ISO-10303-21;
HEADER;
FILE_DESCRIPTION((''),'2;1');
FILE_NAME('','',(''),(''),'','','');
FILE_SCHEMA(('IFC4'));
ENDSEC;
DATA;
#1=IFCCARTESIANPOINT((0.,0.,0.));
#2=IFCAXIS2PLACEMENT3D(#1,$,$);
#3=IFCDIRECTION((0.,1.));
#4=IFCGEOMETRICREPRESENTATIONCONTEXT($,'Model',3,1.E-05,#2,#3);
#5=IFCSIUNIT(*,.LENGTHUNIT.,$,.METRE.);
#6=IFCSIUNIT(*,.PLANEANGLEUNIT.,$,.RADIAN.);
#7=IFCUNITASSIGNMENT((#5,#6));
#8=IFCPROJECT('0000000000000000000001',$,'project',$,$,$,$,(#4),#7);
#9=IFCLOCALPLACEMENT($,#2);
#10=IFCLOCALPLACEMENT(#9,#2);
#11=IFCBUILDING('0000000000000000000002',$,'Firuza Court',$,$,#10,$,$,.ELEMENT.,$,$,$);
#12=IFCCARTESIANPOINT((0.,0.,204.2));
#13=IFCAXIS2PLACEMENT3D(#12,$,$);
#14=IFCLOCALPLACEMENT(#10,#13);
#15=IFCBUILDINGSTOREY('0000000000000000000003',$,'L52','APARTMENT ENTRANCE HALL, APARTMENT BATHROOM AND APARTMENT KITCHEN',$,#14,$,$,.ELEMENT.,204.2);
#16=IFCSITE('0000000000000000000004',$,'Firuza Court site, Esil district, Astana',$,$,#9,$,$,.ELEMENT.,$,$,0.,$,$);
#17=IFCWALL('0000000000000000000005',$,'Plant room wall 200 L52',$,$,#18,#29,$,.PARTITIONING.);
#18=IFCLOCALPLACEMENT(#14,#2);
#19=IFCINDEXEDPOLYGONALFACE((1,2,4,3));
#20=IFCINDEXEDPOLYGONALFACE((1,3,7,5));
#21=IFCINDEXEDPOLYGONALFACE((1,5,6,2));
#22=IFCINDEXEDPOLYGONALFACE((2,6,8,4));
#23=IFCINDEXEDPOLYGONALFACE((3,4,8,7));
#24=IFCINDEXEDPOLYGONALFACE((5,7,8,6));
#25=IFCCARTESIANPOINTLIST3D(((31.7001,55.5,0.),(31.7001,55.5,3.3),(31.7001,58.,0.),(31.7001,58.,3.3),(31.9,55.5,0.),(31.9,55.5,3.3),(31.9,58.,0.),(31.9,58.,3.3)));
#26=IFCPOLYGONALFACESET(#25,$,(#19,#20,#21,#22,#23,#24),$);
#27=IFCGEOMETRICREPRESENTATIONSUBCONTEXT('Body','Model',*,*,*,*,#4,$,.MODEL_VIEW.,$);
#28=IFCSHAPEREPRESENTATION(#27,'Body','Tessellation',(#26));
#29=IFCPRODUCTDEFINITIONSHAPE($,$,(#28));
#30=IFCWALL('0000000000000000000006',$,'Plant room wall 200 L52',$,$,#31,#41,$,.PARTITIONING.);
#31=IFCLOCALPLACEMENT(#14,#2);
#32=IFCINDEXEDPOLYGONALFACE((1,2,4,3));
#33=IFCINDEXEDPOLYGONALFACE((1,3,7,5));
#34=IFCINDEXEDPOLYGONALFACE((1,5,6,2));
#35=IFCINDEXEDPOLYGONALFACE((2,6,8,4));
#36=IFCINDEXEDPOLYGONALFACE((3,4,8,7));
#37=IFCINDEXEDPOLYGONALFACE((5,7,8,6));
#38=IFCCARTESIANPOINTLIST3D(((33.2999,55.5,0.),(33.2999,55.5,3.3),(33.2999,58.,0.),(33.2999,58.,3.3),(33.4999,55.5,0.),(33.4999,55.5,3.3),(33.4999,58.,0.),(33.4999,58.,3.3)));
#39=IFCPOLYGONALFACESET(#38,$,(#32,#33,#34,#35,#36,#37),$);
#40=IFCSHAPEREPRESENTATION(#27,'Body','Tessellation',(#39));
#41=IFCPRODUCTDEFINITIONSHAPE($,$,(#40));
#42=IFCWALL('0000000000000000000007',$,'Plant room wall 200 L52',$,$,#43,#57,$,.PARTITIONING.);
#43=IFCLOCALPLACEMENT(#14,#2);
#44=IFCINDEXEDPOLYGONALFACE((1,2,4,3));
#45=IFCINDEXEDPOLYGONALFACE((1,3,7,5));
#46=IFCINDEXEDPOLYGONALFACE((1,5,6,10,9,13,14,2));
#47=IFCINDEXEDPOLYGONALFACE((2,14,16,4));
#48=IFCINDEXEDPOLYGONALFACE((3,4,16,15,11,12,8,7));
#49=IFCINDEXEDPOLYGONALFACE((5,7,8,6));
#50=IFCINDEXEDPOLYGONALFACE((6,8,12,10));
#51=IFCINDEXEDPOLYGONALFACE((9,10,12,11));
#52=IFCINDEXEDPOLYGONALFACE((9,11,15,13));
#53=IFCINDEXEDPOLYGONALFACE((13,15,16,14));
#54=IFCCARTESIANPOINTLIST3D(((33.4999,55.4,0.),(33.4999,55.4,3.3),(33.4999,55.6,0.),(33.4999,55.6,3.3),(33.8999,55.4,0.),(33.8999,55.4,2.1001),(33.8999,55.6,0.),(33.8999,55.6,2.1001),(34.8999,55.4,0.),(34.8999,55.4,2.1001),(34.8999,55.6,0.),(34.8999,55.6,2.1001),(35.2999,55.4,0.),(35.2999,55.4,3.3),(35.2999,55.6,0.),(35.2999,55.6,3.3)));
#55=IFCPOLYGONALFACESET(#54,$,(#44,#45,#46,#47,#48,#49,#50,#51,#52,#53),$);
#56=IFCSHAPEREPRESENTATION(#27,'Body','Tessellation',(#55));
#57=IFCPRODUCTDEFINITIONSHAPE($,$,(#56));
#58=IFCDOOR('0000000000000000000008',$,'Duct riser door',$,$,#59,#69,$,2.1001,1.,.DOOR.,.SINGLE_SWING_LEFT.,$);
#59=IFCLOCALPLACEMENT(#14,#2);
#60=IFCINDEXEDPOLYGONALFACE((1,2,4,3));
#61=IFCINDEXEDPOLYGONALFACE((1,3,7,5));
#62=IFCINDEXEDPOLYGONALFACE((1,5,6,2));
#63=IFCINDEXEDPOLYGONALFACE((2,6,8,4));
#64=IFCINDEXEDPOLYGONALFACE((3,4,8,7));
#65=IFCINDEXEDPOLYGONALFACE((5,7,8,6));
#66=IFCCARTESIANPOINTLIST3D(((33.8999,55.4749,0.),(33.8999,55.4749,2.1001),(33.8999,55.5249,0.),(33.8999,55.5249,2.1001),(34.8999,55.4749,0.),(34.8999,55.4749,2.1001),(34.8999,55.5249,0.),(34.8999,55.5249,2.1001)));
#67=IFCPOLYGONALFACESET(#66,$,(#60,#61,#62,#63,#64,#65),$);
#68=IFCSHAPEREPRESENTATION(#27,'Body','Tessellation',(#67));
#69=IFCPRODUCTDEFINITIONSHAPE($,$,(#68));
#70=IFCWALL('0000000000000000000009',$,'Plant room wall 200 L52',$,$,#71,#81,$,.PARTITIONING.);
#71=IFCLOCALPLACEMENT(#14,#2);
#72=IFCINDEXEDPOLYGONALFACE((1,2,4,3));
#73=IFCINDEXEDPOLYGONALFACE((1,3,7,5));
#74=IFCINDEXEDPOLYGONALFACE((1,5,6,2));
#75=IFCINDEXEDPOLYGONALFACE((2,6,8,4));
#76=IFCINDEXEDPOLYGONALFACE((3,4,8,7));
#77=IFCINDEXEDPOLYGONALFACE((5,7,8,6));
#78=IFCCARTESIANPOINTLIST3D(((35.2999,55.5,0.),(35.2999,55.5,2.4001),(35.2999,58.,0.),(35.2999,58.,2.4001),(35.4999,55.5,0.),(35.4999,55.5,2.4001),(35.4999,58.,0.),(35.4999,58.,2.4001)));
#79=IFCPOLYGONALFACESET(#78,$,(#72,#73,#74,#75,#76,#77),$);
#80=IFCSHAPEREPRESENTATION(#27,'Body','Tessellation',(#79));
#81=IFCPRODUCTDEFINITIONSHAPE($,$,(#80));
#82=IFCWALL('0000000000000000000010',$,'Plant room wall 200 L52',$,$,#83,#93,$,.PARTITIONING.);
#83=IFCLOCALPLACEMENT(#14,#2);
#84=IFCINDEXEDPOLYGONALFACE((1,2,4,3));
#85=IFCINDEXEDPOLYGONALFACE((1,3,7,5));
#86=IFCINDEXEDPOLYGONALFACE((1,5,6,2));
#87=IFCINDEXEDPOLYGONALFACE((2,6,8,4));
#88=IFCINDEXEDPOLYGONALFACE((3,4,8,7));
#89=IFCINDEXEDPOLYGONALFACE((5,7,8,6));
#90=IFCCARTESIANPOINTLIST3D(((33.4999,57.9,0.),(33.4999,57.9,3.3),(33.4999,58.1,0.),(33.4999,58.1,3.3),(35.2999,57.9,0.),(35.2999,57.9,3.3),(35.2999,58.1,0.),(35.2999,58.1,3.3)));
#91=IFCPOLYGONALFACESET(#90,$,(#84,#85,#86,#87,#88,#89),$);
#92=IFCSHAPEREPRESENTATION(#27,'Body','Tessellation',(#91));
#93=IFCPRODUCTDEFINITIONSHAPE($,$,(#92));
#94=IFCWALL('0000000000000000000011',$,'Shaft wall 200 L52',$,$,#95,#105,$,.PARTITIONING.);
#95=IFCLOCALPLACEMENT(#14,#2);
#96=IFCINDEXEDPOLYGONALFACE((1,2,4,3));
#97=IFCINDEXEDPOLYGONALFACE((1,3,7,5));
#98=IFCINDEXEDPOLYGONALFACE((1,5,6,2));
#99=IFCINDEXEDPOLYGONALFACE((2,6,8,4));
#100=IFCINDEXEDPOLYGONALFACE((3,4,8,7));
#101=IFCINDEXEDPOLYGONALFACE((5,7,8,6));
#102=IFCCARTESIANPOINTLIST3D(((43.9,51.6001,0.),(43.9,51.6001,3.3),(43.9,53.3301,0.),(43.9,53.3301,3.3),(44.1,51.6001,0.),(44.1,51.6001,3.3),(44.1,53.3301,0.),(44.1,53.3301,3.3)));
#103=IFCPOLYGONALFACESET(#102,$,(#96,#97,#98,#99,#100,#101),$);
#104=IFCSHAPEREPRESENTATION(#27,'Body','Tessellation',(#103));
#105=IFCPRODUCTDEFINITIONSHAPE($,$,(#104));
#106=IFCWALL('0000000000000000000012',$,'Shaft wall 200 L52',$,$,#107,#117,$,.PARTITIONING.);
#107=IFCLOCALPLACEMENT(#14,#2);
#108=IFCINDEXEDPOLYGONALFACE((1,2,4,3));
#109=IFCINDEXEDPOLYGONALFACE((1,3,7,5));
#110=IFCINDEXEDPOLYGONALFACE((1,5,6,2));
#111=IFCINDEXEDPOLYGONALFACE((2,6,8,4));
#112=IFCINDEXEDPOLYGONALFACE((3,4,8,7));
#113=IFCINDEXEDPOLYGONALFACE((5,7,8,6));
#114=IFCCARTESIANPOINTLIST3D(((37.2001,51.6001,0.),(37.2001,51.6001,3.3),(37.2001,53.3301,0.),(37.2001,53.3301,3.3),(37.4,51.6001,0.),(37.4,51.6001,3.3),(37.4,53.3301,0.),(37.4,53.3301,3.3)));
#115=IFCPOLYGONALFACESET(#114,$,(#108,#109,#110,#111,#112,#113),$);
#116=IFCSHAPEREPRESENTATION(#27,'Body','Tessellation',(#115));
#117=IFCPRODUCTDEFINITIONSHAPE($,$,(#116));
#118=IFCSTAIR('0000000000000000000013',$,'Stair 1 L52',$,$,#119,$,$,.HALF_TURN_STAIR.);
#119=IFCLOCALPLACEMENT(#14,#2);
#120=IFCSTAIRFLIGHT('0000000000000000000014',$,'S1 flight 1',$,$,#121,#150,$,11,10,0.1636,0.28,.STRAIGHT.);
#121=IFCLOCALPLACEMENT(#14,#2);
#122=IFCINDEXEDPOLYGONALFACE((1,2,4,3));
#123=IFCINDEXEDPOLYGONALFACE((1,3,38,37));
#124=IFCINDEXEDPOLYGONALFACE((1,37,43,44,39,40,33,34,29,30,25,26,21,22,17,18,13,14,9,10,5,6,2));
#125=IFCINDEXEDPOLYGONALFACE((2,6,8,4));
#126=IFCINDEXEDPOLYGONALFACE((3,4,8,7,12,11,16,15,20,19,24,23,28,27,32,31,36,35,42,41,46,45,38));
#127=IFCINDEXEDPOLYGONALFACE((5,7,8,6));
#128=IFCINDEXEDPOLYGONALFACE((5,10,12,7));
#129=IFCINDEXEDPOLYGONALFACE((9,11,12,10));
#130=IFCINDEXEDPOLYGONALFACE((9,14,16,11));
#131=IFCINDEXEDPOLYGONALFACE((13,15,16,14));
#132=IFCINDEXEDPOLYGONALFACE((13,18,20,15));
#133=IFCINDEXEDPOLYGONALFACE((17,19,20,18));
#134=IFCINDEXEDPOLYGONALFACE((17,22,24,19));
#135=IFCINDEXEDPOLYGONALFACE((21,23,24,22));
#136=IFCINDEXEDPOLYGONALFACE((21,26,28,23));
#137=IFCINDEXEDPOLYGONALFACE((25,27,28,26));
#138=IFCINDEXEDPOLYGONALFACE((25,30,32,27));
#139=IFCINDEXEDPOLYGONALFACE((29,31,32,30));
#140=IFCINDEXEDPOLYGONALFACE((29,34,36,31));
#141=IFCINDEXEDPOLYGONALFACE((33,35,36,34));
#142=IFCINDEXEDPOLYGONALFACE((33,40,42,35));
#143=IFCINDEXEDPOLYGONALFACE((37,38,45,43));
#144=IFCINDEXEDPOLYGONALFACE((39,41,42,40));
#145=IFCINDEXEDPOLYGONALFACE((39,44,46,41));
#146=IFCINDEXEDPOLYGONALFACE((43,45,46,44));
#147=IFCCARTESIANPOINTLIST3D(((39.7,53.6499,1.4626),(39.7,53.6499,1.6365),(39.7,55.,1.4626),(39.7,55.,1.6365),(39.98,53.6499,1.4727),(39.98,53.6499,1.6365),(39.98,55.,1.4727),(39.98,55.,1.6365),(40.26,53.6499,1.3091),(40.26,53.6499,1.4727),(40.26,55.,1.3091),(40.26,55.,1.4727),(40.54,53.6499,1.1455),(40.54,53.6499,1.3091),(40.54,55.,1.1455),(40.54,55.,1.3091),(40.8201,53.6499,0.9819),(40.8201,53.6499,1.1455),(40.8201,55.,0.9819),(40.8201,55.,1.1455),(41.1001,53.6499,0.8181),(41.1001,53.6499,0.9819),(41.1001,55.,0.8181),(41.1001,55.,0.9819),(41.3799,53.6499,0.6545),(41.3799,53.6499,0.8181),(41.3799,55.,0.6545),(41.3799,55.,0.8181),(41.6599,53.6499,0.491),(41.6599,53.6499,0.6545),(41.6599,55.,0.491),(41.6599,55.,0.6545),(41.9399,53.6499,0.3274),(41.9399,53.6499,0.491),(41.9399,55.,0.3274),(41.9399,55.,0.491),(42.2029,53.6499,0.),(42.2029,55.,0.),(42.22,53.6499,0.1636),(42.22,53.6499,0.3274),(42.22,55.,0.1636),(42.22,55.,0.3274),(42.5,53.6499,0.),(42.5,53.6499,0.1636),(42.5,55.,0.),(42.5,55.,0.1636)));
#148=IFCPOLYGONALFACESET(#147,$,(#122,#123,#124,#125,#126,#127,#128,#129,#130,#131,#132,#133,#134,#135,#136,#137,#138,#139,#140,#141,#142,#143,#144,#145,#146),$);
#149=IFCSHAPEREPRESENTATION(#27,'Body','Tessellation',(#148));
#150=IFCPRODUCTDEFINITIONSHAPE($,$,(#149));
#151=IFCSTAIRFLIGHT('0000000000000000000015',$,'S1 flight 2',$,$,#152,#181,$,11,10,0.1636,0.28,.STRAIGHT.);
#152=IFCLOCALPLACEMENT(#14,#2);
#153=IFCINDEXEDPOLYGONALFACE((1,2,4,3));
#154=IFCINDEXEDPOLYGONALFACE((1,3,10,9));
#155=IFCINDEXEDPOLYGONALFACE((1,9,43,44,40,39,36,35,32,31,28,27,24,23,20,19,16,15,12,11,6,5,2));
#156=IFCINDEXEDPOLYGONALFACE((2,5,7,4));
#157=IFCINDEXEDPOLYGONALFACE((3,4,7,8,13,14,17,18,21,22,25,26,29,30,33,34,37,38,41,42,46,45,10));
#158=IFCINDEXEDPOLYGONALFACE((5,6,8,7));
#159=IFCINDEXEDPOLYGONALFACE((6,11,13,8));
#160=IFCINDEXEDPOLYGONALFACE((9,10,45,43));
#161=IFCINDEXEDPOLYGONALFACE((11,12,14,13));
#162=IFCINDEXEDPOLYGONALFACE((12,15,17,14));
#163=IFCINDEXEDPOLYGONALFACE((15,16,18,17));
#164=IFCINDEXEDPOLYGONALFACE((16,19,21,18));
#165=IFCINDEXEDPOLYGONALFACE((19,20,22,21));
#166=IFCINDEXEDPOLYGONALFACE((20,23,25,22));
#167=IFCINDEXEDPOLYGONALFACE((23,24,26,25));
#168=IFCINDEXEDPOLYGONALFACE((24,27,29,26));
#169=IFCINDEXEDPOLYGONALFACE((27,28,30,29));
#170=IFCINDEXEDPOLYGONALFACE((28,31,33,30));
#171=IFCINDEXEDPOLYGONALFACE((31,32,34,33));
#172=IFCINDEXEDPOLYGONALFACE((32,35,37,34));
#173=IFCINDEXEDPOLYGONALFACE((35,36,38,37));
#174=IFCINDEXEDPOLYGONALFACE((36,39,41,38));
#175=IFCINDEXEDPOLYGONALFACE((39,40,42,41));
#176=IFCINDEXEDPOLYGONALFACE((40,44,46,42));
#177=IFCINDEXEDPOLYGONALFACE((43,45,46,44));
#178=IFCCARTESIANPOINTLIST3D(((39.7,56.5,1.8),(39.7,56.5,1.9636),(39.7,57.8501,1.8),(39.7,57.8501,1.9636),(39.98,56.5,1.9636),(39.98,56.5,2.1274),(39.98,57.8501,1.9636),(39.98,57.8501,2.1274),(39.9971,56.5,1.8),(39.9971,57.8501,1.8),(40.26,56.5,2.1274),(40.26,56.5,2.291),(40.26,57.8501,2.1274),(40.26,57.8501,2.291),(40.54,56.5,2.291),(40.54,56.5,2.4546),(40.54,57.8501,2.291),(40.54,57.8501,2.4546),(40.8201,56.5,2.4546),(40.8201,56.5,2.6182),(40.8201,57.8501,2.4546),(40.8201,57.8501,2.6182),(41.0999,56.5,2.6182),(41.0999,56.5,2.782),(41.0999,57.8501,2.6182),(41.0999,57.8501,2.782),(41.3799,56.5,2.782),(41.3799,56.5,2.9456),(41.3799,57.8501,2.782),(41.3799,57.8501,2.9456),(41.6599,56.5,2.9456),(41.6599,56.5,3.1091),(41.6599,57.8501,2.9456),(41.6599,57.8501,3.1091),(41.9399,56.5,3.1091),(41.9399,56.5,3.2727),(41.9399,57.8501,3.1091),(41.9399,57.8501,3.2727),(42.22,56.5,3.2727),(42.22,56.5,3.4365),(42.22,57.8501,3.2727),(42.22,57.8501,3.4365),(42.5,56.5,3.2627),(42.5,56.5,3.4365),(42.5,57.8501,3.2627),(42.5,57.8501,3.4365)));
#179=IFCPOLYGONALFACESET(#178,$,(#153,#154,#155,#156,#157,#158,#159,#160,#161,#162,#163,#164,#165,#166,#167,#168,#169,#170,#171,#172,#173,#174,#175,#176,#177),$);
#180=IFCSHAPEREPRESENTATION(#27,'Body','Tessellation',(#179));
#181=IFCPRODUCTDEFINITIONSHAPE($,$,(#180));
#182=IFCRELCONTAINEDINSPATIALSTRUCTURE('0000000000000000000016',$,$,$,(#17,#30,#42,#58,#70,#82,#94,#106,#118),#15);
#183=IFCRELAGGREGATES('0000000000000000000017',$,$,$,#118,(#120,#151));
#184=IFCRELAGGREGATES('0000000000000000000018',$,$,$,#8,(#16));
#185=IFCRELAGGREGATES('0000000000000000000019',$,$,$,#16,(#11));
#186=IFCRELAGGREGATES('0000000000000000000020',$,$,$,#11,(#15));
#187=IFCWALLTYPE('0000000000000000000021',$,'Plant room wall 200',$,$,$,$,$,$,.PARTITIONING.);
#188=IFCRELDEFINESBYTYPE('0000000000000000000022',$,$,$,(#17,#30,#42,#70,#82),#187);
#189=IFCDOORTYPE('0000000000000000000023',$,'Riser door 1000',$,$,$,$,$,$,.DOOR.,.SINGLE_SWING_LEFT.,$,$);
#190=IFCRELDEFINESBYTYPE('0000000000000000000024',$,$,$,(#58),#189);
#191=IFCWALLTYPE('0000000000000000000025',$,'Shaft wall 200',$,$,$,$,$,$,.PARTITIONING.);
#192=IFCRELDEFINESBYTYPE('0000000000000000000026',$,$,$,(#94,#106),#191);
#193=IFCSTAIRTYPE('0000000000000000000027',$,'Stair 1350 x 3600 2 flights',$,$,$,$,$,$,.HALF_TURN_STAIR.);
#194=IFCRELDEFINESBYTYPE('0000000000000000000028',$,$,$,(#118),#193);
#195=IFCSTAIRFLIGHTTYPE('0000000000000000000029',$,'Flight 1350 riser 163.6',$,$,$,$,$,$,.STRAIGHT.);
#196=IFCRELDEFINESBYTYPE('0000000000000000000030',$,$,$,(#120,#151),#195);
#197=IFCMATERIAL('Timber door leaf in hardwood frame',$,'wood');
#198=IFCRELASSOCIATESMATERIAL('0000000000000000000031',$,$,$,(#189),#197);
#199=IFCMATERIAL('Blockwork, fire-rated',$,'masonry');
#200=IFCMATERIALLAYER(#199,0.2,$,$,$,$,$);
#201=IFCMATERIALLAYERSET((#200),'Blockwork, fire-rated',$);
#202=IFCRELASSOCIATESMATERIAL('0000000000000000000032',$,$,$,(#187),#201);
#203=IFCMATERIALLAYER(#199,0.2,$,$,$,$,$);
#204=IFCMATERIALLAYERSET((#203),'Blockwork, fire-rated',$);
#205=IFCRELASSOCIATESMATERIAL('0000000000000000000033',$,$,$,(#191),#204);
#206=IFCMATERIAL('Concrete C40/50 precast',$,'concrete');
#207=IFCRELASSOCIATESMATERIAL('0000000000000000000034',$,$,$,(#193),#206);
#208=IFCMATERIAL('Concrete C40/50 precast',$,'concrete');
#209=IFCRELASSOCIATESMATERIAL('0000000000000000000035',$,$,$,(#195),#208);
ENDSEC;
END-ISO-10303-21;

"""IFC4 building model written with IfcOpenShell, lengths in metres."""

from ifc_helpers import new_model, si_unit, direction, frame, frame_2d, origin, place, context, subcontext, project, spatial, polyline, rectangle, outline, extrude, material, layer, layer_set, type_object, element, fill, aggregate, save


model = new_model("IFC4")

# Units and contexts
model_context = context("Model", 3, precision=1e-05, world=origin(), true_north=direction((0.0, 1.0)))
body_context = subcontext(model_context, "Body", "Model", "MODEL_VIEW")
ifc_project = project(units=[si_unit("LENGTHUNIT", "METRE"), si_unit("PLANEANGLEUNIT", "RADIAN")], contexts=[model_context])

# Site, building, storey
site_placement = place(None, origin())
site = spatial("IfcSite", under=ifc_project, at=site_placement, Name="Firuza Court site, Esil district, Astana", CompositionType="ELEMENT", RefElevation=0.0)
building_placement = place(site_placement, origin())
building = spatial("IfcBuilding", under=site, at=building_placement, Name="Firuza Court", CompositionType="ELEMENT")
storey_placement = place(building_placement, frame((0.0, 0.0, 204.2)))
storey = spatial("IfcBuildingStorey", under=building, at=storey_placement, Name="L52", Description="APARTMENT ENTRANCE HALL, APARTMENT BATHROOM AND APARTMENT KITCHEN", CompositionType="ELEMENT", Elevation=204.2)

# Shared definitions
ifc_material_1 = material(Name="Timber door leaf in hardwood frame", Category="wood")
door_type_1 = type_object("IfcDoorType", Name="Riser door 1000", OperationType="SINGLE_SWING_LEFT", PredefinedType="DOOR", material=ifc_material_1)

# Walls
ifc_material_2 = material(Name="Blockwork, fire-rated", Category="masonry")
ifc_layer_1 = layer(ifc_material_2, 0.2)
ifc_layer_set_1 = layer_set([ifc_layer_1], Name="Blockwork, fire-rated")
wall_type_1 = type_object("IfcWallType", Name="Plant room wall 200", PredefinedType="PARTITIONING", material=ifc_layer_set_1)
for number, where, z_axis, x_axis, name in (
    (1, (31.8, 55.5, 0.0), (0.0, 0.0, 1.0), (0.0, 1.0, 0.0), "Plant room wall 200 L52"),
    (2, (33.3999, 55.5, 0.0), (0.0, 0.0, 1.0), (0.0, 1.0, 0.0), "Plant room wall 200 L52"),
):
    element("IfcWall", number, at=place(storey_placement, frame(where, z_axis=z_axis, x_axis=x_axis)), inside=storey, type_object=wall_type_1, Name=name, PredefinedType="PARTITIONING", context=body_context, shape_type="SweptSolid", body=[
        extrude(rectangle(XDim=2.5, YDim=0.2, at=frame_2d((1.25, 0.0))), origin(), (0.0, 0.0, 1.0), 3.3),
    ])

# Wall, opening, door
wall_1_placement = place(storey_placement, frame((33.5, 55.5, 0.0), z_axis=(0.0, 0.0, 1.0), x_axis=(1.0, 0.0, 0.0)))
wall_1 = element("IfcWall", 3, at=wall_1_placement, inside=storey, type_object=wall_type_1, Name="Plant room wall 200 L52", PredefinedType="PARTITIONING", context=body_context, shape_type="SweptSolid", body=[
    extrude(rectangle(XDim=1.8, YDim=0.2, at=frame_2d((0.8999, 0.0))), origin(), (0.0, 0.0, 1.0), 3.3),
])
opening_1_placement = place(wall_1_placement, frame((0.3999, 0.0, 0.0)))
opening_1 = element("IfcOpeningElement", 4, at=opening_1_placement, cuts=wall_1, PredefinedType="OPENING", context=body_context, shape_type="SweptSolid", body=[
    extrude(rectangle(XDim=1.0, YDim=2.1001, at=frame_2d((0.5, 1.05))), frame((0.0, 0.1118, 0.0), z_axis=(0.0, -1.0, 0.0), x_axis=(1.0, 0.0, 0.0)), (0.0, 0.0, 1.0), 0.2239),
])
door_1_placement = place(opening_1_placement, origin())
door_1 = element("IfcDoor", 5, at=door_1_placement, inside=storey, type_object=door_type_1, Name="Duct riser door", OperationType="SINGLE_SWING_LEFT", OverallHeight=2.1001, OverallWidth=1.0, PredefinedType="DOOR", context=body_context, shape_type="SweptSolid", body=[
    extrude(rectangle(XDim=1.0, YDim=2.1001, at=frame_2d((0.5, 1.05))), frame((0.0, 0.0249, 0.0), z_axis=(0.0, -1.0, 0.0), x_axis=(1.0, 0.0, 0.0)), (0.0, 0.0, 1.0), 0.05),
])
fill(opening_1, door_1)

# Walls
wall_2_placement = place(storey_placement, frame((35.3999, 55.5, 0.0), z_axis=(0.0, 0.0, 1.0), x_axis=(0.0, 1.0, 0.0)))
element("IfcWall", 6, at=wall_2_placement, inside=storey, type_object=wall_type_1, Name="Plant room wall 200 L52", PredefinedType="PARTITIONING", context=body_context, shape_type="SweptSolid", body=[
    extrude(rectangle(XDim=2.5, YDim=0.2, at=frame_2d((1.25, 0.0))), origin(), (0.0, 0.0, 1.0), 2.4001),
])
wall_3_placement = place(storey_placement, frame((33.5, 58.0, 0.0), z_axis=(0.0, 0.0, 1.0), x_axis=(1.0, 0.0, 0.0)))
element("IfcWall", 7, at=wall_3_placement, inside=storey, type_object=wall_type_1, Name="Plant room wall 200 L52", PredefinedType="PARTITIONING", context=body_context, shape_type="SweptSolid", body=[
    extrude(rectangle(XDim=1.8, YDim=0.2, at=frame_2d((0.8999, 0.0))), origin(), (0.0, 0.0, 1.0), 3.3),
])
ifc_layer_2 = layer(ifc_material_2, 0.2)
ifc_layer_set_2 = layer_set([ifc_layer_2], Name="Blockwork, fire-rated")
wall_type_2 = type_object("IfcWallType", Name="Shaft wall 200", PredefinedType="PARTITIONING", material=ifc_layer_set_2)
for number, where, z_axis, x_axis, name in (
    (8, (44.0, 51.6001, 0.0), (0.0, 0.0, 1.0), (0.0, 1.0, 0.0), "Shaft wall 200 L52"),
    (9, (37.3, 51.6001, 0.0), (0.0, 0.0, 1.0), (0.0, 1.0, 0.0), "Shaft wall 200 L52"),
):
    element("IfcWall", number, at=place(storey_placement, frame(where, z_axis=z_axis, x_axis=x_axis)), inside=storey, type_object=wall_type_2, Name=name, PredefinedType="PARTITIONING", context=body_context, shape_type="SweptSolid", body=[
        extrude(rectangle(XDim=1.73, YDim=0.2, at=frame_2d((0.865, 0.0))), origin(), (0.0, 0.0, 1.0), 3.3),
    ])

# Stair, stair flights
ifc_material_3 = material(Name="Concrete C40/50 precast", Category="concrete")
stair_type = type_object("IfcStairType", Name="Stair 1350 x 3600 2 flights", PredefinedType="HALF_TURN_STAIR", material=ifc_material_3)
stair_placement = place(storey_placement, origin())
stair = element("IfcStair", 10, at=stair_placement, inside=storey, type_object=stair_type, Name="Stair 1 L52", PredefinedType="HALF_TURN_STAIR")
ifc_material_4 = material(Name="Concrete C40/50 precast", Category="concrete")
stair_flight_type = type_object("IfcStairFlightType", Name="Flight 1350 riser 163.6", PredefinedType="STRAIGHT", material=ifc_material_4)
stair_flight_1_placement = place(storey_placement, frame((42.5, 54.325, 0.0), z_axis=(0.0, 0.0, 1.0), x_axis=(-1.0, 0.0, 0.0)))
stair_flight_1 = element("IfcStairFlight", 11, at=stair_flight_1_placement, type_object=stair_flight_type, Name="S1 flight 1", NumberOfRisers=11, NumberOfTreads=10, PredefinedType="STRAIGHT", RiserHeight=0.1636, TreadLength=0.28, context=body_context, shape_type="SweptSolid", body=[
    extrude(outline(polyline([(0.0, 0.0), (0.0, 0.1636), (0.28, 0.1636), (0.28, 0.3274), (0.5601, 0.3274), (0.5601, 0.491), (0.8401, 0.491), (0.8401, 0.6545), (1.1201, 0.6545), (1.1201, 0.8181), (1.3999, 0.8181), (1.3999, 0.9819), (1.6799, 0.9819), (1.6799, 1.1455), (1.96, 1.1455), (1.96, 1.3091), (2.24, 1.3091), (2.24, 1.4727), (2.52, 1.4727), (2.52, 1.6365), (2.8, 1.6365), (2.8, 1.8), (2.8, 1.4626), (0.2971, 0.0), (0.0, 0.0)])), frame((0.0, 0.675, 0.0), z_axis=(0.0, -1.0, 0.0), x_axis=(1.0, 0.0, 0.0)), (0.0, 0.0, 1.0), 1.3501),
])
stair_flight_2_placement = place(storey_placement, frame((39.7, 57.175, 1.8), z_axis=(0.0, 0.0, 1.0), x_axis=(1.0, 0.0, 0.0)))
stair_flight_2 = element("IfcStairFlight", 12, at=stair_flight_2_placement, type_object=stair_flight_type, Name="S1 flight 2", NumberOfRisers=11, NumberOfTreads=10, PredefinedType="STRAIGHT", RiserHeight=0.1636, TreadLength=0.28, context=body_context, shape_type="SweptSolid", body=[
    extrude(outline(polyline([(0.0, 0.0), (0.0, 0.1636), (0.28, 0.1636), (0.28, 0.3274), (0.5601, 0.3274), (0.5601, 0.491), (0.8401, 0.491), (0.8401, 0.6545), (1.1201, 0.6545), (1.1201, 0.8181), (1.3999, 0.8181), (1.3999, 0.9819), (1.6799, 0.9819), (1.6799, 1.1455), (1.96, 1.1455), (1.96, 1.3091), (2.24, 1.3091), (2.24, 1.4727), (2.52, 1.4727), (2.52, 1.6365), (2.8, 1.6365), (2.8, 1.8), (2.8, 1.4626), (0.2971, 0.0), (0.0, 0.0)])), frame((0.0, 0.675, 0.0), z_axis=(0.0, -1.0, 0.0), x_axis=(1.0, 0.0, 0.0)), (0.0, 0.0, 1.0), 1.3501),
])
aggregate(stair, [stair_flight_1, stair_flight_2])

save(model, "model.ifc")
